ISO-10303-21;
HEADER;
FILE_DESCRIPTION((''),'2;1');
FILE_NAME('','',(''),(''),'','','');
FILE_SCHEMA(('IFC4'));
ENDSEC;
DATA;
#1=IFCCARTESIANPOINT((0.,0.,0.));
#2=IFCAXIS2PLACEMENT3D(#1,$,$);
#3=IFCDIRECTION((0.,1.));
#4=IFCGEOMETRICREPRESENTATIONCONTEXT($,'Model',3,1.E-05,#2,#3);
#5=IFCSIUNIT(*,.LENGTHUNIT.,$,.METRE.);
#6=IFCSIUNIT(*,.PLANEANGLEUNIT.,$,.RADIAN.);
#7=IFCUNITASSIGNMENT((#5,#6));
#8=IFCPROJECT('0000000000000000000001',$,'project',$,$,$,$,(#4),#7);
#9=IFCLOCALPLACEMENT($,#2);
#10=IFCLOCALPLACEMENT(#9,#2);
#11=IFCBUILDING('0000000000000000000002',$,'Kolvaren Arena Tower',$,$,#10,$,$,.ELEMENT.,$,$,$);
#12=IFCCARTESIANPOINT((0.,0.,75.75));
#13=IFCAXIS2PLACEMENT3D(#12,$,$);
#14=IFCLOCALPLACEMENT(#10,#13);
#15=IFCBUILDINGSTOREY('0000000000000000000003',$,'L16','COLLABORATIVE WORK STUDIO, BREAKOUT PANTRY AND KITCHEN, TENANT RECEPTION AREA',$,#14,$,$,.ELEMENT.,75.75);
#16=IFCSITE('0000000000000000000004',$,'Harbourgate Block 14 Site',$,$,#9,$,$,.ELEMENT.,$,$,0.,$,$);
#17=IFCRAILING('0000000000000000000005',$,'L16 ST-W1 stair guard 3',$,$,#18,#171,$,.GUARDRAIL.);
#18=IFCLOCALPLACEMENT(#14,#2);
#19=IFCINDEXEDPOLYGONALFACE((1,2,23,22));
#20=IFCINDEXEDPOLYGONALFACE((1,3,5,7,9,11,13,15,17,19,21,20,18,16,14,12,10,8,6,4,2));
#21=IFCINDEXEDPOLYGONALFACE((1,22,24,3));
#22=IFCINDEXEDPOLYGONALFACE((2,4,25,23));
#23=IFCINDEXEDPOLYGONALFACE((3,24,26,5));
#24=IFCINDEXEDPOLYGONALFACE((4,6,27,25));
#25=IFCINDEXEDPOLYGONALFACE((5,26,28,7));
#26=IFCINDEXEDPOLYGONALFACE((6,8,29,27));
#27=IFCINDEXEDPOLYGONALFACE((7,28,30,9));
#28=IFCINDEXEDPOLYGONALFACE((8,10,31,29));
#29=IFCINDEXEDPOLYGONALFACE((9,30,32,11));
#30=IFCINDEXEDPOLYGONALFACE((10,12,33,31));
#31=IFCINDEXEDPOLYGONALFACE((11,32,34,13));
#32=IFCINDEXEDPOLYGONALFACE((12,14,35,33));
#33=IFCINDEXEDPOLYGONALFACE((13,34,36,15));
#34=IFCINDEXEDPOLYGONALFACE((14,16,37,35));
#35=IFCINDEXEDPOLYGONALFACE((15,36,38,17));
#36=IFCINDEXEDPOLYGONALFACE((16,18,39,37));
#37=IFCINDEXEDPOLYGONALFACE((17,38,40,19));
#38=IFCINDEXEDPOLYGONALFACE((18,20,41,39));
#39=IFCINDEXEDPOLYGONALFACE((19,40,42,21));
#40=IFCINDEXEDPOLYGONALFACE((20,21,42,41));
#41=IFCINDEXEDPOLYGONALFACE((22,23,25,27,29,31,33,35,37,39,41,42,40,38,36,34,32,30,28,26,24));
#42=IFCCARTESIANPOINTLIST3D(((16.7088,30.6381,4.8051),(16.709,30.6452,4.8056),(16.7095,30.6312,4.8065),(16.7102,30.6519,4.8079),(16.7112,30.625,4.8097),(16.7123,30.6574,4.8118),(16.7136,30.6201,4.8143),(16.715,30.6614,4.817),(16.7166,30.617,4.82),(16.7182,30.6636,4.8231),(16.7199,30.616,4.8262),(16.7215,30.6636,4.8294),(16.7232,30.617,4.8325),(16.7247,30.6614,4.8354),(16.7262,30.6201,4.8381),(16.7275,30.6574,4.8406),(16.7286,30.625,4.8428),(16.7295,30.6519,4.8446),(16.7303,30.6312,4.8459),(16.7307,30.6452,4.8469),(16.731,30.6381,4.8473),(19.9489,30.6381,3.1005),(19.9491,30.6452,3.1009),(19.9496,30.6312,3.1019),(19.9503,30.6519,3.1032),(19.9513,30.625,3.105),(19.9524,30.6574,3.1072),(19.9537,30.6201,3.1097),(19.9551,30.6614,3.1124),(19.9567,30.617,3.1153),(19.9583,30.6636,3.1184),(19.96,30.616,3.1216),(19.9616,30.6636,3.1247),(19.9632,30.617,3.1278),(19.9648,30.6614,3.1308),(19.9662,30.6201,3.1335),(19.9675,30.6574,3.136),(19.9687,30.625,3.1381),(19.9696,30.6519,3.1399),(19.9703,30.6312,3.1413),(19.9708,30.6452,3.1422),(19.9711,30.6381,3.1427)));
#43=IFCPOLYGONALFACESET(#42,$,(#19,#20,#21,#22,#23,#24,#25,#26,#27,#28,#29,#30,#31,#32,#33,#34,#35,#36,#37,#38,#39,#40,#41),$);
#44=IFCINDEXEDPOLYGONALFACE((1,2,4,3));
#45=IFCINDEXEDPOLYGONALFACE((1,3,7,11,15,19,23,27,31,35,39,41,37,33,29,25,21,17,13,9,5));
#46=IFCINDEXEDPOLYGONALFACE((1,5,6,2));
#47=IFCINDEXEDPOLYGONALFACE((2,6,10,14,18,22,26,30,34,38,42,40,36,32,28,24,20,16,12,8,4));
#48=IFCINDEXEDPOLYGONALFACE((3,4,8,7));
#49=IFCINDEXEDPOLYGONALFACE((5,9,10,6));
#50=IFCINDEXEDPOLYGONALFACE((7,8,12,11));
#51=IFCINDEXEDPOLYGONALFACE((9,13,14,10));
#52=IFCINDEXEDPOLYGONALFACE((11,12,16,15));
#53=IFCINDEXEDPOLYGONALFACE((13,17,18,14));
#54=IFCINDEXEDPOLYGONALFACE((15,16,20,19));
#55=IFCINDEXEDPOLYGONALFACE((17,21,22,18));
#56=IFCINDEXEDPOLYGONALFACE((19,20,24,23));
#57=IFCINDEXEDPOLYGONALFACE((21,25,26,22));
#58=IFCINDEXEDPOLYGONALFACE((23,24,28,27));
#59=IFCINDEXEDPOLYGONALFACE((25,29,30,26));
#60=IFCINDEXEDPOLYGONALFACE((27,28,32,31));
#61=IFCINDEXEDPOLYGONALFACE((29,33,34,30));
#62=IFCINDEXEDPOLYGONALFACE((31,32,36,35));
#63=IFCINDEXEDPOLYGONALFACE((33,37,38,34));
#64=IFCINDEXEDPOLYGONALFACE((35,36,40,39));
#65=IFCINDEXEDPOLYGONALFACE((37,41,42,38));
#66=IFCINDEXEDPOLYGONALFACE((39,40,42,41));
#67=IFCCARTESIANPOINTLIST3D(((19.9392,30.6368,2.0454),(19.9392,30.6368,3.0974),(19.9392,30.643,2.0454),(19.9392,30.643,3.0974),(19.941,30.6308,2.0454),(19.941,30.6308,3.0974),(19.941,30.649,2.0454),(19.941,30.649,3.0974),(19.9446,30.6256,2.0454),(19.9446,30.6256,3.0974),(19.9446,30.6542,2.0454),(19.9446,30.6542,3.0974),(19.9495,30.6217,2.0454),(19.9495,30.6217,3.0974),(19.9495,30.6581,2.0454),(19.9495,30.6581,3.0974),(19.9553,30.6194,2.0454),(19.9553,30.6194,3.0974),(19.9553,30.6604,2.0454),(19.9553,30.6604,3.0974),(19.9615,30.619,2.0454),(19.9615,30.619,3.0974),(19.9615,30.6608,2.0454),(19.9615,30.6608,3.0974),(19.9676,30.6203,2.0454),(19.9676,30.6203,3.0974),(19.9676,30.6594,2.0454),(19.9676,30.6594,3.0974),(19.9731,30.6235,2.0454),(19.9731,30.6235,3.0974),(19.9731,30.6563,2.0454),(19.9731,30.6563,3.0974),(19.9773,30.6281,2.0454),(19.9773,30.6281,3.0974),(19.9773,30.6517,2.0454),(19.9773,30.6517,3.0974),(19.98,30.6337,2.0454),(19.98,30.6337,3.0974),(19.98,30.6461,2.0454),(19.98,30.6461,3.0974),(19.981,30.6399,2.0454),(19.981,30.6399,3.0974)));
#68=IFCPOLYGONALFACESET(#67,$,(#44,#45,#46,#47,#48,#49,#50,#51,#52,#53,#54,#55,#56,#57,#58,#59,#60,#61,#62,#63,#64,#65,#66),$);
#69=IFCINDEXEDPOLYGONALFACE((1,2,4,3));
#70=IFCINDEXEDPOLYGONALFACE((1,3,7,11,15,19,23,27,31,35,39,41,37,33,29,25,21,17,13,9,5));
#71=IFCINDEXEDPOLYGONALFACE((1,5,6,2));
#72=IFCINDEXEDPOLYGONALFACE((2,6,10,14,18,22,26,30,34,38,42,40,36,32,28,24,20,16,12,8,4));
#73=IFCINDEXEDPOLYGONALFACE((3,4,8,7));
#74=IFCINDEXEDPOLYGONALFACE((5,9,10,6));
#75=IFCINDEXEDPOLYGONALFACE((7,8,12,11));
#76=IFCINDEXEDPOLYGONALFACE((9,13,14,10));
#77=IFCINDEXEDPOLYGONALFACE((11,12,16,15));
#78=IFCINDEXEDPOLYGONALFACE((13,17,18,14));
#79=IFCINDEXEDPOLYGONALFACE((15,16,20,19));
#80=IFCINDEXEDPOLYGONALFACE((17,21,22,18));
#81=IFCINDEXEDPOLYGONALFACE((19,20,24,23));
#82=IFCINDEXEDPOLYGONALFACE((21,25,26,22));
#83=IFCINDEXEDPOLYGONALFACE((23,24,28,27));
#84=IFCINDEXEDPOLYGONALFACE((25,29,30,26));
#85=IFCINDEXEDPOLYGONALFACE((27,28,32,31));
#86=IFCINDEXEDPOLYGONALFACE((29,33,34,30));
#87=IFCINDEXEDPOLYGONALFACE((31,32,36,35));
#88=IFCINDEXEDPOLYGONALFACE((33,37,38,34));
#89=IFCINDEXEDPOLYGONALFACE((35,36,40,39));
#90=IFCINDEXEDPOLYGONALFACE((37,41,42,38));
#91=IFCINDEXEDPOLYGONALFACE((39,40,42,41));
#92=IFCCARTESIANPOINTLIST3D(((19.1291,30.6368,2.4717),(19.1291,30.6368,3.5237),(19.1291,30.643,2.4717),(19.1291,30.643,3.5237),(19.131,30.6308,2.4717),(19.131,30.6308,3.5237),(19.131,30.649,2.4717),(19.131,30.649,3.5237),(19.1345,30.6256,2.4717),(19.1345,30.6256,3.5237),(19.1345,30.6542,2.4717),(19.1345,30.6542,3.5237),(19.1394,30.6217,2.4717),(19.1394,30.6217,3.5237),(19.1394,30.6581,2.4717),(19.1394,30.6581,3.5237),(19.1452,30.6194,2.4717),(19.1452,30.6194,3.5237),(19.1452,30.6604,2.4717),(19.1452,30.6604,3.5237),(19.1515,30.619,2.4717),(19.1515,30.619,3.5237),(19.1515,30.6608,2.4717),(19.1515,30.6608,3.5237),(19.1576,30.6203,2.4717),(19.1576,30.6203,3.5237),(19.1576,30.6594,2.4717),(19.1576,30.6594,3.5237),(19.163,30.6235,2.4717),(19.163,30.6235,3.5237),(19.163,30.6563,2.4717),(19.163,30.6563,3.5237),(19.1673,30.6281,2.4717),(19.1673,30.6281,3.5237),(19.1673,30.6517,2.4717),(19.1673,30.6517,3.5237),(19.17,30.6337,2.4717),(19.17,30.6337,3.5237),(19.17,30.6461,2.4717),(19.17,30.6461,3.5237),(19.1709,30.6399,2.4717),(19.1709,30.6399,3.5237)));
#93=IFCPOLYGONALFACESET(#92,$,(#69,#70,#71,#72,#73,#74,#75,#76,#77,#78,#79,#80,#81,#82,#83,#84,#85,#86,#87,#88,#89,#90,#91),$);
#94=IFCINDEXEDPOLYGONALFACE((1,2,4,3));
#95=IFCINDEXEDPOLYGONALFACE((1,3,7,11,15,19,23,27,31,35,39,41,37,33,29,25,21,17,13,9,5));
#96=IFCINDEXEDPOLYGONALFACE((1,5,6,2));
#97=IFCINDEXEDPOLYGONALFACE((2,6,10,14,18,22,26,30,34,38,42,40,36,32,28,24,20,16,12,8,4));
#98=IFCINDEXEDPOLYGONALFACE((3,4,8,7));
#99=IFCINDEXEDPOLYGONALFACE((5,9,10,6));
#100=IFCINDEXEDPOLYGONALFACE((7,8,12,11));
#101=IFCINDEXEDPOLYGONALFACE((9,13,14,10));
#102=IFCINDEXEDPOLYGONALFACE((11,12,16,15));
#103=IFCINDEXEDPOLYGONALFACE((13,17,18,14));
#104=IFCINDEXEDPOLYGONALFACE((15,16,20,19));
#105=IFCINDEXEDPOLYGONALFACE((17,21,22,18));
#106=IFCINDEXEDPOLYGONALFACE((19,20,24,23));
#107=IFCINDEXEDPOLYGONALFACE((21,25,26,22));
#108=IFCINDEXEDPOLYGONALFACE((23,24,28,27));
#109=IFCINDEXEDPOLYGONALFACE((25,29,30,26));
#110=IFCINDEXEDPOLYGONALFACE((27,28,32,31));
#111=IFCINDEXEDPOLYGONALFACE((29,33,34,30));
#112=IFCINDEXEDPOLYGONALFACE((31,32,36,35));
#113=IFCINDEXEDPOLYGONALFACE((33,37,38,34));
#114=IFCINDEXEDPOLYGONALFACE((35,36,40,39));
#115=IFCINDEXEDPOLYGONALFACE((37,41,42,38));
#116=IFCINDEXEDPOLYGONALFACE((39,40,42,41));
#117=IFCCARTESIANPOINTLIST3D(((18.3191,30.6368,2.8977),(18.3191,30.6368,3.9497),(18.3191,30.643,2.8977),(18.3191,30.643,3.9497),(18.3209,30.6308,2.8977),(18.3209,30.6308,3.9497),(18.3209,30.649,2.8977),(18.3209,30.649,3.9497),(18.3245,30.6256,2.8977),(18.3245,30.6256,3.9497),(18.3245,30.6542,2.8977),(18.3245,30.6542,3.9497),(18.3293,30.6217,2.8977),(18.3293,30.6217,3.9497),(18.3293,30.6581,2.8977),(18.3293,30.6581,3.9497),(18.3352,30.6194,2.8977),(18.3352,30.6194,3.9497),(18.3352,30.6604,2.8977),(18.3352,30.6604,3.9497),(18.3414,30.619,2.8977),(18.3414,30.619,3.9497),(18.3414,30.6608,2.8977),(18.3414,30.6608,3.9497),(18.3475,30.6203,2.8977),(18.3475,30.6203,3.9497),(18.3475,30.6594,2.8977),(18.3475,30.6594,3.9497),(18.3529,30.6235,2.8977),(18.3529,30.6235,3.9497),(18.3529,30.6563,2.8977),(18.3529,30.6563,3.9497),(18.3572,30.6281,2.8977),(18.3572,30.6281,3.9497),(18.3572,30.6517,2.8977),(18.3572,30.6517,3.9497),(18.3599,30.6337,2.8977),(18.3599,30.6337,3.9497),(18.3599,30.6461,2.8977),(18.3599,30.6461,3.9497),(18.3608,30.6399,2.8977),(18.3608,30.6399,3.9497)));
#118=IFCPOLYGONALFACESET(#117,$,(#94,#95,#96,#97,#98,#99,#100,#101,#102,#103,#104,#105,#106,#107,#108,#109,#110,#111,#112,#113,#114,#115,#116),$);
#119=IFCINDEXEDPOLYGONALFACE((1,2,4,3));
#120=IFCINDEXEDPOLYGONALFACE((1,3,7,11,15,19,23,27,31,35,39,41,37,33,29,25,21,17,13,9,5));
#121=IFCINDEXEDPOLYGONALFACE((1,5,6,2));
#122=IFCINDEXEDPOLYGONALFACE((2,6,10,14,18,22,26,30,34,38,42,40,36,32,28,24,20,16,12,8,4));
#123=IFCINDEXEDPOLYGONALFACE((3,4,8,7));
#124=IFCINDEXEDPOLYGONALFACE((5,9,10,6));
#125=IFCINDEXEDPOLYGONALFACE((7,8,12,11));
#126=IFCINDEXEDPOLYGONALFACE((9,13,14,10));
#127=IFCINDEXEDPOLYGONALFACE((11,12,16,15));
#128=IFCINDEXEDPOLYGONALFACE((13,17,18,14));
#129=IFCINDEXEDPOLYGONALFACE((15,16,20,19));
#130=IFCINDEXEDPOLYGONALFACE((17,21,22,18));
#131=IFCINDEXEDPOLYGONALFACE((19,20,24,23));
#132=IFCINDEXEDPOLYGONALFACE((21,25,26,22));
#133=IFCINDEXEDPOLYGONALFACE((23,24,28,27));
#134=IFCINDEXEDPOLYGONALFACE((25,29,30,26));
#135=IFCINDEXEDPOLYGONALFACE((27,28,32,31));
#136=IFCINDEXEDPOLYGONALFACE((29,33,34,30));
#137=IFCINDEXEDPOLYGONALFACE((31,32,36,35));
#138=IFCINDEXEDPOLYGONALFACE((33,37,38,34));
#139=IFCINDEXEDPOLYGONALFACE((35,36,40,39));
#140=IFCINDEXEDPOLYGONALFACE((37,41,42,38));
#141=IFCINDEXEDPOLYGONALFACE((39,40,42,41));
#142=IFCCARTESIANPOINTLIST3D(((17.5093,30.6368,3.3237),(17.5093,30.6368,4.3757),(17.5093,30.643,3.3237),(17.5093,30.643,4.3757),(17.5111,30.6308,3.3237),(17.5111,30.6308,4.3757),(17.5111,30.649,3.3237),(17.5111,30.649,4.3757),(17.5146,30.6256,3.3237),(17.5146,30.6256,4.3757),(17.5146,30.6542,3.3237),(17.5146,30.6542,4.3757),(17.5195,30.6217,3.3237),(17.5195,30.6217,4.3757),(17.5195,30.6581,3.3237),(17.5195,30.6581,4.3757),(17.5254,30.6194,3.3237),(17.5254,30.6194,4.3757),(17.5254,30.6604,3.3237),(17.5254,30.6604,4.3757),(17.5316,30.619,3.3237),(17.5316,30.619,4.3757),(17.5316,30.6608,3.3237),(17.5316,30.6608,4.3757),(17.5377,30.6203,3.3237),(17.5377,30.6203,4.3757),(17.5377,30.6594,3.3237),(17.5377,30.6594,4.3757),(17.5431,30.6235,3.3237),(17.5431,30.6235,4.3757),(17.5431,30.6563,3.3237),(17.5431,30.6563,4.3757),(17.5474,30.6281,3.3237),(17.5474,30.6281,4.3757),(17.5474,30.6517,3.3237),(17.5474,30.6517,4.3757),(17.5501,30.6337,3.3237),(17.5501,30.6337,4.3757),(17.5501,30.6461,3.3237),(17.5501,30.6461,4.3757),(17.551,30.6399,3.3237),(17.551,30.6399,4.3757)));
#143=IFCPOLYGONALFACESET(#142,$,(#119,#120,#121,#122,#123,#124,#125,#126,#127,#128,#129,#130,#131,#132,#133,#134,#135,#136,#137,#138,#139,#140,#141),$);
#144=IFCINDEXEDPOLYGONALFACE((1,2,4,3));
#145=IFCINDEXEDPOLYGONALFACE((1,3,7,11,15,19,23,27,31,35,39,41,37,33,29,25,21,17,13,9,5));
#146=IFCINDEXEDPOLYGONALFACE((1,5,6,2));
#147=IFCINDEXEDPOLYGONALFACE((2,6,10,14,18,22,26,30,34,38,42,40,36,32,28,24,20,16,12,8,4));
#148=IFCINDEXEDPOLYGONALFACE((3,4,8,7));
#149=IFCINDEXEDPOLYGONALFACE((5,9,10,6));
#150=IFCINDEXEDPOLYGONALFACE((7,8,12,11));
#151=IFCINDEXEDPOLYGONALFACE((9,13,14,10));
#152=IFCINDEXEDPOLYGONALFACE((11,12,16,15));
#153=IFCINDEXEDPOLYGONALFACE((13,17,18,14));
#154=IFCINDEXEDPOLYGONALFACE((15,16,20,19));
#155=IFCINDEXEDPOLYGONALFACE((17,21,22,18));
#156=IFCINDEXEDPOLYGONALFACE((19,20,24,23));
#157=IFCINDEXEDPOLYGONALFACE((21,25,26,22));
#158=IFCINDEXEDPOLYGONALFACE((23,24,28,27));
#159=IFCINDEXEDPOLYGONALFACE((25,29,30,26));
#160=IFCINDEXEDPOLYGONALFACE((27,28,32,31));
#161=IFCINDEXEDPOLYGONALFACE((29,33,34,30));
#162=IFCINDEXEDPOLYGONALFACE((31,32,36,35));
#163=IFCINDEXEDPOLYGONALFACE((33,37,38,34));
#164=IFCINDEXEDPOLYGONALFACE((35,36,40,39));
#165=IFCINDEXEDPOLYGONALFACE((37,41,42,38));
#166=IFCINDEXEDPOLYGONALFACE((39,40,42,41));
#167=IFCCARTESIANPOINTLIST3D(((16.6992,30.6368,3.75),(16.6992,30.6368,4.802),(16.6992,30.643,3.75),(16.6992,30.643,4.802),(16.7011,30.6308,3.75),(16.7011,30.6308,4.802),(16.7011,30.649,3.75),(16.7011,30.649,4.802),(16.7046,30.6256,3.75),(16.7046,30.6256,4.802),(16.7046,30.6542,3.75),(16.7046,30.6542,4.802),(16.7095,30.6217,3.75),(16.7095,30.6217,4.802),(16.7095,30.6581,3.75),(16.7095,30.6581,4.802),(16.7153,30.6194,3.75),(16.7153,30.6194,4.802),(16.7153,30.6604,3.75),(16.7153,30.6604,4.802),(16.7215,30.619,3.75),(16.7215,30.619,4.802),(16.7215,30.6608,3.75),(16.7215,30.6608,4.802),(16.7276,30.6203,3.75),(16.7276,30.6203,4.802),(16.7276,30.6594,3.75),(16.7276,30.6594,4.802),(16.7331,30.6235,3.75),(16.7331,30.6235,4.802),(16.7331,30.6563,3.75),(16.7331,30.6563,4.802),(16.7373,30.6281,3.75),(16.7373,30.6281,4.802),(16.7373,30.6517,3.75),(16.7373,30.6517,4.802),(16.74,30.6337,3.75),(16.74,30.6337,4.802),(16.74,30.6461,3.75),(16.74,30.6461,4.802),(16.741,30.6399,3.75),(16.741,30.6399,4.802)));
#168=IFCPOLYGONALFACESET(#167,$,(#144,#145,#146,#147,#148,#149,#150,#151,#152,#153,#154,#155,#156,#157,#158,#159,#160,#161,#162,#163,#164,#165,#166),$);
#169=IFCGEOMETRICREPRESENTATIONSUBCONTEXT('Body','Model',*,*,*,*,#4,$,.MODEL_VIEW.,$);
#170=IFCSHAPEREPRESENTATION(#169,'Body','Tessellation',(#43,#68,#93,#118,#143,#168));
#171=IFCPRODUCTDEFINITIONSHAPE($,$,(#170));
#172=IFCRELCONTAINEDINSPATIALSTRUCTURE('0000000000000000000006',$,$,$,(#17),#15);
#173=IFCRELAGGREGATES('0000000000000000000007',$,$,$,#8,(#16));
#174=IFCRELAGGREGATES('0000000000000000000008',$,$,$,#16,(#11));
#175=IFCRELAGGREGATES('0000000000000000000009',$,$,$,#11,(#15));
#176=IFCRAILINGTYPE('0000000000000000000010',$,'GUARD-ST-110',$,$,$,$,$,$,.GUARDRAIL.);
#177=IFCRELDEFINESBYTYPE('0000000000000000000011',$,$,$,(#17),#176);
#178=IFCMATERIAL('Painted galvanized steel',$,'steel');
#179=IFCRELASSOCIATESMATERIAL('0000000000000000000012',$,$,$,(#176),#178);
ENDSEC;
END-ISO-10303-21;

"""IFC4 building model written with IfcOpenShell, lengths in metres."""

from ifc_helpers import new_model, si_unit, direction, frame, origin, origin_2d, place, context, subcontext, project, spatial, circle, extrude, material, type_object, element, save


model = new_model("IFC4")

# Units and contexts
model_context = context("Model", 3, precision=1e-05, world=origin(), true_north=direction((0.0, 1.0)))
body_context = subcontext(model_context, "Body", "Model", "MODEL_VIEW")
ifc_project = project(units=[si_unit("LENGTHUNIT", "METRE"), si_unit("PLANEANGLEUNIT", "RADIAN")], contexts=[model_context])

# Site, building, storey
site_placement = place(None, origin())
site = spatial("IfcSite", under=ifc_project, at=site_placement, Name="Harbourgate Block 14 Site", CompositionType="ELEMENT", RefElevation=0.0)
building_placement = place(site_placement, origin())
building = spatial("IfcBuilding", under=site, at=building_placement, Name="Kolvaren Arena Tower", CompositionType="ELEMENT")
storey_placement = place(building_placement, frame((0.0, 0.0, 75.75)))
storey = spatial("IfcBuildingStorey", under=building, at=storey_placement, Name="L16", Description="COLLABORATIVE WORK STUDIO, BREAKOUT PANTRY AND KITCHEN, TENANT RECEPTION AREA", CompositionType="ELEMENT", Elevation=75.75)

# Railing
ifc_material_1 = material(Name="Painted galvanized steel", Category="steel")
railing_type = type_object("IfcRailingType", Name="GUARD-ST-110", PredefinedType="GUARDRAIL", material=ifc_material_1)
railing_1_placement = place(storey_placement, frame((19.96, 30.6399, 2.0454)))
element("IfcRailing", 1, at=railing_1_placement, inside=storey, type_object=railing_type, Name="L16 ST-W1 stair guard 3", PredefinedType="GUARDRAIL", context=body_context, shape_type="SweptSolid", body=[
    extrude(circle(Radius=0.0239, at=origin_2d()), frame((0.0, 0.0, 1.0762), z_axis=(-0.884993, 0.0, 0.465604), x_axis=(0.0, -1.0, 0.0)), (0.0, 0.0, 1.0), 3.6611),
    extrude(circle(Radius=0.021, at=origin_2d()), origin(), (0.0, 0.0, 1.0), 1.052),
    extrude(circle(Radius=0.021, at=origin_2d()), frame((-0.8101, 0.0, 0.4263)), (0.0, 0.0, 1.0), 1.052),
    extrude(circle(Radius=0.021, at=origin_2d()), frame((-1.6201, 0.0, 0.8523)), (0.0, 0.0, 1.0), 1.052),
    extrude(circle(Radius=0.021, at=origin_2d()), frame((-2.4299, 0.0, 1.2783)), (0.0, 0.0, 1.0), 1.052),
    extrude(circle(Radius=0.021, at=origin_2d()), frame((-3.24, 0.0, 1.7046)), (0.0, 0.0, 1.0), 1.052),
])

save(model, "model.ifc")
